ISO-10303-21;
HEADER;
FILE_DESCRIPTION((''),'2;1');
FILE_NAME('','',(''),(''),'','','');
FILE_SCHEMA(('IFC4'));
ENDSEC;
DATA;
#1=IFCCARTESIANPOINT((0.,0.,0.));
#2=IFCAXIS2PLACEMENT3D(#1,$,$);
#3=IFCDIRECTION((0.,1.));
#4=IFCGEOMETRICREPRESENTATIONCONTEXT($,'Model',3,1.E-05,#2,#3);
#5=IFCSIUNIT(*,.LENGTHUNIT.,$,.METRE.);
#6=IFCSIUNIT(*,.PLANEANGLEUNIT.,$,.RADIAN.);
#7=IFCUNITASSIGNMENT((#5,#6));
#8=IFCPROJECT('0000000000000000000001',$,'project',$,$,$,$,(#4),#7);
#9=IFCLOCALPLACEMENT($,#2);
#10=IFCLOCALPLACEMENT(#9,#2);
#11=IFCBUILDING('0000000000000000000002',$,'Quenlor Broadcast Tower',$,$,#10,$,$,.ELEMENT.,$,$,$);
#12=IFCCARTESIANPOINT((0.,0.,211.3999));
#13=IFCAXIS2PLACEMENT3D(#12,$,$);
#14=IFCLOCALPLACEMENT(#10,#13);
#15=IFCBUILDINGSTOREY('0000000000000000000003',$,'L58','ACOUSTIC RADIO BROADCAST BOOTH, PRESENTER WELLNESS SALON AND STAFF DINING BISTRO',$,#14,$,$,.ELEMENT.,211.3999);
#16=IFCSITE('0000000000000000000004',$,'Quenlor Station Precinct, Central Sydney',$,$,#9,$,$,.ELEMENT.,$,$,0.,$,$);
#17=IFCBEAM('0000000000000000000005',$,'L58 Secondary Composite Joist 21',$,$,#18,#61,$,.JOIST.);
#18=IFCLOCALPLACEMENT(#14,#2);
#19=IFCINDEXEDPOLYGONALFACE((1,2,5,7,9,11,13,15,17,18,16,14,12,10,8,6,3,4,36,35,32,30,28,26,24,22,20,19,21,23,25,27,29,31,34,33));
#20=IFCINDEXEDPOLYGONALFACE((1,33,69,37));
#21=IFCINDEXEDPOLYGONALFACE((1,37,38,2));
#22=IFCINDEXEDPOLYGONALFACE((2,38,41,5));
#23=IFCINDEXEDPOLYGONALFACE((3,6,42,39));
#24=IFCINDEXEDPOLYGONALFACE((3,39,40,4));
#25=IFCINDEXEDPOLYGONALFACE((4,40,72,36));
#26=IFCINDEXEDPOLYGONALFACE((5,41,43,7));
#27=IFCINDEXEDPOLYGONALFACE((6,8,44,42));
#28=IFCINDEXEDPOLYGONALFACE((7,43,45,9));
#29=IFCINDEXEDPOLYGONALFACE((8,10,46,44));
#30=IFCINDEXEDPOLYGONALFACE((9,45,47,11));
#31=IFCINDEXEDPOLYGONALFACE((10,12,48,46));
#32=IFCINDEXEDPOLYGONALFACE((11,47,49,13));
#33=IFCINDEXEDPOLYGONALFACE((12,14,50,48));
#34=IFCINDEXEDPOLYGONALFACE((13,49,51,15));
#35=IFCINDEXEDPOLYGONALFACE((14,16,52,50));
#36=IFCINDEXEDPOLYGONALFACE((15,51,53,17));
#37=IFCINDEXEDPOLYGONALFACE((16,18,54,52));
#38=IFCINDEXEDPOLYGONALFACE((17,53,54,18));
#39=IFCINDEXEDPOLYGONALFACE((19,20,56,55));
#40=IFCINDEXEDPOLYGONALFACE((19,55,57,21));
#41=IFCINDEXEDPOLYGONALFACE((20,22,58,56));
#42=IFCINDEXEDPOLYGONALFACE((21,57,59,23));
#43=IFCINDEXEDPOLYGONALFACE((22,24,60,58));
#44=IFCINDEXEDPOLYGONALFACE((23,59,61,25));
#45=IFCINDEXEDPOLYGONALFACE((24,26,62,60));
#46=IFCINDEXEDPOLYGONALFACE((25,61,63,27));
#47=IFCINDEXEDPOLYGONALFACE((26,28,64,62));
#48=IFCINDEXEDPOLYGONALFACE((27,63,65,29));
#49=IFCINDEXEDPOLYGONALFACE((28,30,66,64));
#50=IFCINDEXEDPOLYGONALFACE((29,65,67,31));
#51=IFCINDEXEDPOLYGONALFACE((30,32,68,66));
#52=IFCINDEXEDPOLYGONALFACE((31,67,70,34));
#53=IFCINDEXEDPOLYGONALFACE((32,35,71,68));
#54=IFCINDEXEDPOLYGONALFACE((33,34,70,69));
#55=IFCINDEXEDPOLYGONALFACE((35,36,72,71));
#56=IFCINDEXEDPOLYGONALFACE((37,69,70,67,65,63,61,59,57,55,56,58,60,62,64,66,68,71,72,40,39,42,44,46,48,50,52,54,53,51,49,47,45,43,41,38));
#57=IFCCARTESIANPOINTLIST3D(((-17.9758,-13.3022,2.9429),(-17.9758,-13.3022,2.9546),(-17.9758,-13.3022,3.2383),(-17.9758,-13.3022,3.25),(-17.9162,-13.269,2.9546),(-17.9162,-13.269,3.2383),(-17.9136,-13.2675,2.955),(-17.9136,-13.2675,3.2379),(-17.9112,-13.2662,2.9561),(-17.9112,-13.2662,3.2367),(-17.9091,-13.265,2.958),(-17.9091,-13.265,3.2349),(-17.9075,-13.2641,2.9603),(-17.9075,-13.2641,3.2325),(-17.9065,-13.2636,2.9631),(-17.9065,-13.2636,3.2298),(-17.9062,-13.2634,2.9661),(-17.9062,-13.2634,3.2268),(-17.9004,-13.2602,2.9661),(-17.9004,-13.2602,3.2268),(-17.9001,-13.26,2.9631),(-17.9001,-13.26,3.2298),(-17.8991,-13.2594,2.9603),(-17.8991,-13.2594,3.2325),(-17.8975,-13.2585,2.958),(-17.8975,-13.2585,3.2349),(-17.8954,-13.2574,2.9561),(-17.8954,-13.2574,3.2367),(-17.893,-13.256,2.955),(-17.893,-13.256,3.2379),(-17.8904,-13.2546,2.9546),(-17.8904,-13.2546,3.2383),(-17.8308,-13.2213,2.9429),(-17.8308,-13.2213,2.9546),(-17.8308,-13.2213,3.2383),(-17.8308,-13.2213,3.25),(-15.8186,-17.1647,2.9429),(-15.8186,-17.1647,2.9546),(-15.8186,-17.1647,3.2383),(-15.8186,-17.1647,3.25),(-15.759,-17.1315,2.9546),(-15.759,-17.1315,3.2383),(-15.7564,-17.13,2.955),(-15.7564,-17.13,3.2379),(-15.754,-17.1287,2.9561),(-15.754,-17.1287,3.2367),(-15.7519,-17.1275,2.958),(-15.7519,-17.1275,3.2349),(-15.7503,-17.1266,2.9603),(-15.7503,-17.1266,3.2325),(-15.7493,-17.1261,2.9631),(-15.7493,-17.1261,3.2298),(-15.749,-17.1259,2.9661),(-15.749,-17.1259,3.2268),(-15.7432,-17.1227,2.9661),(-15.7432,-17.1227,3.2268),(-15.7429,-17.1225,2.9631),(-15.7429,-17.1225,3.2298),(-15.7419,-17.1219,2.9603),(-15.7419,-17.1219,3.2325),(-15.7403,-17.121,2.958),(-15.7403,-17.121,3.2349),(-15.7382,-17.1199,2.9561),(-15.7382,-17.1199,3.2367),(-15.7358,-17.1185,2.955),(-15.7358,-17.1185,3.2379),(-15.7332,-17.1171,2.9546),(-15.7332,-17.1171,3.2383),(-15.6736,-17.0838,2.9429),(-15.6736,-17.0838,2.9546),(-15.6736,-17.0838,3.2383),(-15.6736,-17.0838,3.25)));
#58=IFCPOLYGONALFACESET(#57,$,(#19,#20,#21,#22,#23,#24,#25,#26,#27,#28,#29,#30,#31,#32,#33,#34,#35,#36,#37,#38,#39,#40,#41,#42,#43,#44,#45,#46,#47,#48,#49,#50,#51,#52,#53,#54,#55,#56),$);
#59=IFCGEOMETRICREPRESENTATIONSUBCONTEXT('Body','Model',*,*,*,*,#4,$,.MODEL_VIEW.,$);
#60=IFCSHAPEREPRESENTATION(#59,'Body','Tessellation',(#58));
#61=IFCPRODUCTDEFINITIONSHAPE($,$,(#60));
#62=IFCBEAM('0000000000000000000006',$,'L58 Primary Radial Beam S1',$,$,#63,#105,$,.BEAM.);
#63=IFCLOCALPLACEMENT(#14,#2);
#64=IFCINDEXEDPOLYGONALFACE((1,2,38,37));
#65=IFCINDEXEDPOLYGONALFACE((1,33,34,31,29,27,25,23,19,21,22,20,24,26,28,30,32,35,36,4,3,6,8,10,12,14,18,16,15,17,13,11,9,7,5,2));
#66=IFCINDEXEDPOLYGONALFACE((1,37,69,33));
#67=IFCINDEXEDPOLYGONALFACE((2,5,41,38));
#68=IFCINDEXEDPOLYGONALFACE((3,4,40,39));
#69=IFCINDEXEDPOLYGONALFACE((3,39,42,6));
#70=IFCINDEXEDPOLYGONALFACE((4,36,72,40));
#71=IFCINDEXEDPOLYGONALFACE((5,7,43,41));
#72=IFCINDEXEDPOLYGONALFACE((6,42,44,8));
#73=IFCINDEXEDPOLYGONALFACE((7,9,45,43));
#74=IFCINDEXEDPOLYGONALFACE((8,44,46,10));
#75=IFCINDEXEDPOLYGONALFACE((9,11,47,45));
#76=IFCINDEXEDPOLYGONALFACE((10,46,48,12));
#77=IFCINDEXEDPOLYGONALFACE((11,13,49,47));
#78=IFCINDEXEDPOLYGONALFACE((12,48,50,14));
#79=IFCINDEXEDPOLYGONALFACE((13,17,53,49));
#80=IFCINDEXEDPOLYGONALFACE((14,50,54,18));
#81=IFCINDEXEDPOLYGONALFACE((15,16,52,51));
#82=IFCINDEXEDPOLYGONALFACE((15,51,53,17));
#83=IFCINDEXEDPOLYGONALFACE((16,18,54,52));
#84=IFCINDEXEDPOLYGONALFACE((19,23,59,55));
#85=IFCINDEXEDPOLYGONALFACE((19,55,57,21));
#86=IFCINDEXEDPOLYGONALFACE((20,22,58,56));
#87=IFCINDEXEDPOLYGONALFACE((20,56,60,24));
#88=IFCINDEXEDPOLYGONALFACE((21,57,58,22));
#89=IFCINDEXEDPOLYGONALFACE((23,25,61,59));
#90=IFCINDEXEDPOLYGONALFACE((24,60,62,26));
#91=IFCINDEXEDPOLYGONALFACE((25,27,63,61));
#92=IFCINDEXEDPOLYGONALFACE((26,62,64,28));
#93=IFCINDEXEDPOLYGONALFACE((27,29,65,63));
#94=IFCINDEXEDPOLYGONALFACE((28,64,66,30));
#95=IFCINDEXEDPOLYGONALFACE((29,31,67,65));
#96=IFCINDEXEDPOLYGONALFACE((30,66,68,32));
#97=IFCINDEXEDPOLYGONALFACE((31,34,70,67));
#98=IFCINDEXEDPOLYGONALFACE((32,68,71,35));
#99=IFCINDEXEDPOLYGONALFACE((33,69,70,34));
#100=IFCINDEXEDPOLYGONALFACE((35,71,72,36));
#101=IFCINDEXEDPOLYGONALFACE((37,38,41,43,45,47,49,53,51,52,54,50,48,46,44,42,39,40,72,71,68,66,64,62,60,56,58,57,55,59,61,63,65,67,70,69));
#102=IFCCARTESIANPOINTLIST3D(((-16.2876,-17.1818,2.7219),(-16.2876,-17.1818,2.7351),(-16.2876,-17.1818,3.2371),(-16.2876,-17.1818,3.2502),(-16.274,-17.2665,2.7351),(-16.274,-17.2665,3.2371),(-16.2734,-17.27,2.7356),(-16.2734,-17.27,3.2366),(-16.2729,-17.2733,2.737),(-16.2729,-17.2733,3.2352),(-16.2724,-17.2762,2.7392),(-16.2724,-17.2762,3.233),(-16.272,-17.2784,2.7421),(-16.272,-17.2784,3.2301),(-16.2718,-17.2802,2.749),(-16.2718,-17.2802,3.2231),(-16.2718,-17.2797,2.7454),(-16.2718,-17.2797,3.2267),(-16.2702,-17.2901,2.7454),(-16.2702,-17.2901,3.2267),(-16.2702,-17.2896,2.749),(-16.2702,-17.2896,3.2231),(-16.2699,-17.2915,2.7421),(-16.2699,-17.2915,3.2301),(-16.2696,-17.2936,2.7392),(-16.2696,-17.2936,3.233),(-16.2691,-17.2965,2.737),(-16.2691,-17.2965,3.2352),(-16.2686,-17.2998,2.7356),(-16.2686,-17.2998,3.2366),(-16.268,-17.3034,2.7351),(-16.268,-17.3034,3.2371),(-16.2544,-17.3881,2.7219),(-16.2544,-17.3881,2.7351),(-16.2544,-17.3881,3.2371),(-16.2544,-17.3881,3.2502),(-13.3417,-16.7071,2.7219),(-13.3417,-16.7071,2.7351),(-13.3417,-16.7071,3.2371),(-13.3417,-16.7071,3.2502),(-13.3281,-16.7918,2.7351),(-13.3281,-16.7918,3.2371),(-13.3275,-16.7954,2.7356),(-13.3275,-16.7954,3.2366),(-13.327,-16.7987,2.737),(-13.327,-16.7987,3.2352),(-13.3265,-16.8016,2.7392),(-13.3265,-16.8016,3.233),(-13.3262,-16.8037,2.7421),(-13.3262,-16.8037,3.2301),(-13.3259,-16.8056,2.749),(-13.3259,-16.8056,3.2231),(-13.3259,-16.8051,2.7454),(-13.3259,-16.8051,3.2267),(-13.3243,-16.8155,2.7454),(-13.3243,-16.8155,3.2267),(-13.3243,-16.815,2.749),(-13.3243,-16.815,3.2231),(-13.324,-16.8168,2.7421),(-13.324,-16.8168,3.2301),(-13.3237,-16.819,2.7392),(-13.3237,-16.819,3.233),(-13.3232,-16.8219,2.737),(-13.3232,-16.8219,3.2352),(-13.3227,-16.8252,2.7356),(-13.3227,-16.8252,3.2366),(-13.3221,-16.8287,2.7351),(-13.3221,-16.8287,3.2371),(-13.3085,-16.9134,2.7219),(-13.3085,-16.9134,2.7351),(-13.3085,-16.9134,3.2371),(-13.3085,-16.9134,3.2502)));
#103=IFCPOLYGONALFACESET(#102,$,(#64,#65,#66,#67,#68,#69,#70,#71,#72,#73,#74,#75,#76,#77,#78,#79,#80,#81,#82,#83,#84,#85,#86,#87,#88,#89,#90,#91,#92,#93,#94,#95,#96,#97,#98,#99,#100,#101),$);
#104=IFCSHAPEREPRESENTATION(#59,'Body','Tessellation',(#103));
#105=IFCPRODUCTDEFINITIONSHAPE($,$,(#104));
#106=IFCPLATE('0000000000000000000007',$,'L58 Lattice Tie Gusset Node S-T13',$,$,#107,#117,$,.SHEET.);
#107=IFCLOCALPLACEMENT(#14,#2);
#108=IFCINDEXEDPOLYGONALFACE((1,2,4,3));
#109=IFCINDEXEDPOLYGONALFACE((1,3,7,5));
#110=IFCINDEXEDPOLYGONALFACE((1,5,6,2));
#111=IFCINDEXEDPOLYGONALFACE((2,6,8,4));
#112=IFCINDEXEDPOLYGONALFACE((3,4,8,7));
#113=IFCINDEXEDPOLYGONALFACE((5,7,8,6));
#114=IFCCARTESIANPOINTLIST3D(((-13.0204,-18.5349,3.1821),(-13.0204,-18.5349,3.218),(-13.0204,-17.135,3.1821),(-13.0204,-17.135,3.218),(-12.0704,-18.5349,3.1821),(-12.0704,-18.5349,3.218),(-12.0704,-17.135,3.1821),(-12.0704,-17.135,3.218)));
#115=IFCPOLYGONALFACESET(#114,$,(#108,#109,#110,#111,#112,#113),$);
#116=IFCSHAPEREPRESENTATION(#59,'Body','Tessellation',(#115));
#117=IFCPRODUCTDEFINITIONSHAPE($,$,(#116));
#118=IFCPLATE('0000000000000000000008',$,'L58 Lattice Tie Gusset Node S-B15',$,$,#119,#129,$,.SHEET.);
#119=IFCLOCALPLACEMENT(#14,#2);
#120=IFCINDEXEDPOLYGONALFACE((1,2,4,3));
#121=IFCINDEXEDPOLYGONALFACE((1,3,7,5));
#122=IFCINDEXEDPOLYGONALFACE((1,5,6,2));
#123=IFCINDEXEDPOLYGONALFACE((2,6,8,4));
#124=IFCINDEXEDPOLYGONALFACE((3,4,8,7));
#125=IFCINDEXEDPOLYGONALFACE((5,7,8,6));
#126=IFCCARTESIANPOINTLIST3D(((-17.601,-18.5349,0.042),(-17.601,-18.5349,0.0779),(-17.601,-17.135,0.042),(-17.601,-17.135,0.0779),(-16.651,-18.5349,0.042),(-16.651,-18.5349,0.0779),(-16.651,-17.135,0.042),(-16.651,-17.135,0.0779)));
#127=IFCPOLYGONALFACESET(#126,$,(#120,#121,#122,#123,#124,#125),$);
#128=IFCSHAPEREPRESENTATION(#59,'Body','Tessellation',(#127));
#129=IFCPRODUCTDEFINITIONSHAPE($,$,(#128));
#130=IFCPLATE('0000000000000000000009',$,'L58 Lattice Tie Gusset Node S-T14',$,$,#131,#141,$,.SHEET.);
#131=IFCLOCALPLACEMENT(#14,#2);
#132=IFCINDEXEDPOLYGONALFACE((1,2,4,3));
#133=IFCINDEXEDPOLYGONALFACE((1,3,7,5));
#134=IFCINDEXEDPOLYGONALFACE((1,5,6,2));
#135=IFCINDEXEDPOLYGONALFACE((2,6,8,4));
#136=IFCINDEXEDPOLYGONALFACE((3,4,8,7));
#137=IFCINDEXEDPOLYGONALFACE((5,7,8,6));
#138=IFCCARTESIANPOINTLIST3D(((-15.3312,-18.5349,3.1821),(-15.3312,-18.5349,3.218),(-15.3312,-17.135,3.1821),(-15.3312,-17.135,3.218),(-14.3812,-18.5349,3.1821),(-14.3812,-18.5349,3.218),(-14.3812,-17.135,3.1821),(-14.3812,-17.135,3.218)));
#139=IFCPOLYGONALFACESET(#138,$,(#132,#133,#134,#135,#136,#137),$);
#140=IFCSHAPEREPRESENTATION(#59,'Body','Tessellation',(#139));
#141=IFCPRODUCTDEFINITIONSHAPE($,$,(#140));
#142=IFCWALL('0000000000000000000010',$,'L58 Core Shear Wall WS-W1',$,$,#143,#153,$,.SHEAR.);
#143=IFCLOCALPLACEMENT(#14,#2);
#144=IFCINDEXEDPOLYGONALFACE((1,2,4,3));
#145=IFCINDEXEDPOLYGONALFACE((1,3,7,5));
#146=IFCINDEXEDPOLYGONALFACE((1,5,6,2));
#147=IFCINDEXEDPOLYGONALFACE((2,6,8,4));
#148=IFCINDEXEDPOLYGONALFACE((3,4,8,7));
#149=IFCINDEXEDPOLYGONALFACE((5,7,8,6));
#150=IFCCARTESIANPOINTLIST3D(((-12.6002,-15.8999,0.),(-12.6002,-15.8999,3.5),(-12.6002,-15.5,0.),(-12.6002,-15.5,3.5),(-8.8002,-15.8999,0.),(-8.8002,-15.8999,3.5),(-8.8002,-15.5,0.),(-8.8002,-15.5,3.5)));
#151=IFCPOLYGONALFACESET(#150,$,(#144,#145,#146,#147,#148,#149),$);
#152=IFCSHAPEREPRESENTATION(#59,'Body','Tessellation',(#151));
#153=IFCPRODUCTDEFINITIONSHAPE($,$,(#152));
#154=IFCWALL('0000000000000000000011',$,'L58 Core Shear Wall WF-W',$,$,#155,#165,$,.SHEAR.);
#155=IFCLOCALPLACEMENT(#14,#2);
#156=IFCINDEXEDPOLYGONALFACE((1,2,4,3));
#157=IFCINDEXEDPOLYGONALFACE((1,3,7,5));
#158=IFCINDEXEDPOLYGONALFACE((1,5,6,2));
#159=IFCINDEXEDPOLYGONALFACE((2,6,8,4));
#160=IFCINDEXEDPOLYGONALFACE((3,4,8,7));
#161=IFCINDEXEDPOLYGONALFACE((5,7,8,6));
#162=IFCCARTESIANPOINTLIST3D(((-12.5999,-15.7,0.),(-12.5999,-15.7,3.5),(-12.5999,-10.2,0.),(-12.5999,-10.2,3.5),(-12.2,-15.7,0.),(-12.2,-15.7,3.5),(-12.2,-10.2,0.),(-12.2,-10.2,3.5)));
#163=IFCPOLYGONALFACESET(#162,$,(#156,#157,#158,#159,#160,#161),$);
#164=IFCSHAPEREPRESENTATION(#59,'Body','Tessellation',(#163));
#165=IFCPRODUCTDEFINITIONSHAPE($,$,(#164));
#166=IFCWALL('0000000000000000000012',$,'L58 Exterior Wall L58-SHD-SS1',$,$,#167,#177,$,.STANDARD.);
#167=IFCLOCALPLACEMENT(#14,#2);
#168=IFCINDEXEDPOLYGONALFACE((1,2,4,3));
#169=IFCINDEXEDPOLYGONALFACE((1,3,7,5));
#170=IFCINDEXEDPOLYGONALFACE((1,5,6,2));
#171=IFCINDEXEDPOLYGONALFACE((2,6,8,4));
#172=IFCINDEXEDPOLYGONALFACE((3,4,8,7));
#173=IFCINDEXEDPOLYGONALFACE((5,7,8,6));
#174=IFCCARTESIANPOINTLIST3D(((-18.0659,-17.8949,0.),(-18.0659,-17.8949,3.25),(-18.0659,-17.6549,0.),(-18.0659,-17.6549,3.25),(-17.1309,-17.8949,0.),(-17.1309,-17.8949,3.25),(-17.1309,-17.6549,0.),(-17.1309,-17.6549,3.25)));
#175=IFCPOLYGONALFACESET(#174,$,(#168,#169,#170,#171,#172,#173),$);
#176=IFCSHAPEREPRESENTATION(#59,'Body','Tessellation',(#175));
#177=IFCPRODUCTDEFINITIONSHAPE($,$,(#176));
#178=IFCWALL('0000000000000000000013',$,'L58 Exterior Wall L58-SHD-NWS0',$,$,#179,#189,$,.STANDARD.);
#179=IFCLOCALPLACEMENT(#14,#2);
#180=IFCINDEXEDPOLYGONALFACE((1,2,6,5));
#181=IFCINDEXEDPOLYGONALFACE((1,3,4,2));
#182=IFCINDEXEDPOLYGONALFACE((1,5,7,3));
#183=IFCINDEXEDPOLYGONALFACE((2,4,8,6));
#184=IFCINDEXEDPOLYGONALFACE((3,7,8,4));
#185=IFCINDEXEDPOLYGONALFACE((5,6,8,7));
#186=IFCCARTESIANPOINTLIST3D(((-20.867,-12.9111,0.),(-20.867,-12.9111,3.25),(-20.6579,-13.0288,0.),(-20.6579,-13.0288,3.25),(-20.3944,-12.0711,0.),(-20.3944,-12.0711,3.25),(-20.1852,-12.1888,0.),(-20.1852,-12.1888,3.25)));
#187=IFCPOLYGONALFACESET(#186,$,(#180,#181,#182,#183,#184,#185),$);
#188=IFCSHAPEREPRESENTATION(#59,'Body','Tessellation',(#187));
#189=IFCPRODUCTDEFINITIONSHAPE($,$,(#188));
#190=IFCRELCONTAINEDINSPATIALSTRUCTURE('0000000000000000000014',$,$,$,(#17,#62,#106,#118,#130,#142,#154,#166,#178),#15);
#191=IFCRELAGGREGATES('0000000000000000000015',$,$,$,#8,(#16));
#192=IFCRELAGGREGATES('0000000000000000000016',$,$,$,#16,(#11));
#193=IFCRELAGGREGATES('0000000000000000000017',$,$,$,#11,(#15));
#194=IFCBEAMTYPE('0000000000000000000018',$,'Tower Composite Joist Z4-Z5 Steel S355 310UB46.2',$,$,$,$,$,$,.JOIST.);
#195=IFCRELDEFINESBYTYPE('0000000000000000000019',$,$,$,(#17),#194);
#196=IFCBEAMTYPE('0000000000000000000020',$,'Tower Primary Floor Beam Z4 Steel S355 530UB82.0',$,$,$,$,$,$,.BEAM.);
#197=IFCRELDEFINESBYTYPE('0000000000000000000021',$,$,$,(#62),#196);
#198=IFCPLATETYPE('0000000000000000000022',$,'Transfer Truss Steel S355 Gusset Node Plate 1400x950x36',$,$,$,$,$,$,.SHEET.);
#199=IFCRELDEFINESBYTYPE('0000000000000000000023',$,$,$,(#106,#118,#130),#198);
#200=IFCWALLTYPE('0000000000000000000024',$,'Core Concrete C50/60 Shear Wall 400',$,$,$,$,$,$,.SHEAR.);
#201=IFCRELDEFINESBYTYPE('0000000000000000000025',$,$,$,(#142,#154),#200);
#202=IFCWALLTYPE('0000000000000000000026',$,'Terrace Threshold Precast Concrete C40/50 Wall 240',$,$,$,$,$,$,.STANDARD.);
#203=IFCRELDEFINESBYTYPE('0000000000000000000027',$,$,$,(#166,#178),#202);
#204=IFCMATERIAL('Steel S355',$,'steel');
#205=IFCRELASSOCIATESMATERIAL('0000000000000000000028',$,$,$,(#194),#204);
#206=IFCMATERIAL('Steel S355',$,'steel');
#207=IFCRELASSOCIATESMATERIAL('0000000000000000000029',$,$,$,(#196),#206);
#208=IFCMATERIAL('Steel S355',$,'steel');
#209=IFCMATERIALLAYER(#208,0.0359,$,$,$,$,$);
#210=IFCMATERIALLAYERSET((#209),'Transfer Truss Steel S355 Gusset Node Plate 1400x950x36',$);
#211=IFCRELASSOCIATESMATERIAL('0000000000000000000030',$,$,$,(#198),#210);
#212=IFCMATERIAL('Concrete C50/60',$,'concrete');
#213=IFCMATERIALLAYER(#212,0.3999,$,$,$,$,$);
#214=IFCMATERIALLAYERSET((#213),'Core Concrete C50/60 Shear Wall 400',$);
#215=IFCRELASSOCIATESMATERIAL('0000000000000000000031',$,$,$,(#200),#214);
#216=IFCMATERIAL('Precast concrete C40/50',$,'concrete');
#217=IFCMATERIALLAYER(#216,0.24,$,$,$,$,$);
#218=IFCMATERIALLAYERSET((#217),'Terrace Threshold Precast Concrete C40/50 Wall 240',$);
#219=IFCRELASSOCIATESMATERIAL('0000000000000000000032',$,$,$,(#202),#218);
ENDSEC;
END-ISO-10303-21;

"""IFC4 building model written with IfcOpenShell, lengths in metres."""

from ifc_helpers import new_model, si_unit, direction, frame, frame_2d, origin, origin_2d, place, context, subcontext, project, spatial, rectangle, i_section, extrude, material, layer, layer_set, material_profile, profile_set, type_object, element, save


model = new_model("IFC4")

# Units and contexts
model_context = context("Model", 3, precision=1e-05, world=origin(), true_north=direction((0.0, 1.0)))
body_context = subcontext(model_context, "Body", "Model", "MODEL_VIEW")
ifc_project = project(units=[si_unit("LENGTHUNIT", "METRE"), si_unit("PLANEANGLEUNIT", "RADIAN")], contexts=[model_context])

# Site, building, storey
site_placement = place(None, origin())
site = spatial("IfcSite", under=ifc_project, at=site_placement, Name="Quenlor Station Precinct, Central Sydney", CompositionType="ELEMENT", RefElevation=0.0)
building_placement = place(site_placement, origin())
building = spatial("IfcBuilding", under=site, at=building_placement, Name="Quenlor Broadcast Tower", CompositionType="ELEMENT")
storey_placement = place(building_placement, frame((0.0, 0.0, 211.3999)))
storey = spatial("IfcBuildingStorey", under=building, at=storey_placement, Name="L58", Description="ACOUSTIC RADIO BROADCAST BOOTH, PRESENTER WELLNESS SALON AND STAFF DINING BISTRO", CompositionType="ELEMENT", Elevation=211.3999)

# Beams
ifc_material_1 = material(Name="Steel S355", Category="steel")
ifc_material_profile_1 = material_profile(ifc_material_1, i_section(OverallWidth=0.166, OverallDepth=0.3071, WebThickness=0.0066, FlangeThickness=0.0117, FilletRadius=0.0115, at=origin_2d()))
ifc_profile_set_1 = profile_set([ifc_material_profile_1], Name="Steel S355 310UB46.2")
beam_type_1 = type_object("IfcBeamType", Name="Tower Composite Joist Z4-Z5 Steel S355 310UB46.2", PredefinedType="JOIST", material=ifc_profile_set_1)
beam_1_placement = place(storey_placement, frame((-15.7461, -17.1243, 3.0964), z_axis=(-0.487605, 0.873064, 0.0), x_axis=(-0.873064, -0.487605, 0.0)))
element("IfcBeam", 1, at=beam_1_placement, inside=storey, type_object=beam_type_1, Name="L58 Secondary Composite Joist 21", PredefinedType="JOIST", context=body_context, shape_type="SweptSolid", body=[
    extrude(i_section(OverallWidth=0.166, OverallDepth=0.3071, WebThickness=0.0066, FlangeThickness=0.0117, FilletRadius=0.0115, at=origin_2d()), origin(), (0.0, 0.0, 1.0), 4.4241),
])
ifc_material_2 = material(Name="Steel S355", Category="steel")
ifc_material_profile_2 = material_profile(ifc_material_2, i_section(OverallWidth=0.209, OverallDepth=0.5283, WebThickness=0.0095, FlangeThickness=0.0132, FilletRadius=0.0139, at=origin_2d()))
ifc_profile_set_2 = profile_set([ifc_material_profile_2], Name="Steel S355 530UB82.0")
beam_type_2 = type_object("IfcBeamType", Name="Tower Primary Floor Beam Z4 Steel S355 530UB82.0", PredefinedType="BEAM", material=ifc_profile_set_2)
beam_2_placement = place(storey_placement, frame((-16.271, -17.2849, 2.9861), z_axis=(0.987268, 0.159063, 0.0), x_axis=(-0.159063, 0.987268, 0.0)))
element("IfcBeam", 2, at=beam_2_placement, inside=storey, type_object=beam_type_2, Name="L58 Primary Radial Beam S1", PredefinedType="BEAM", context=body_context, shape_type="SweptSolid", body=[
    extrude(i_section(OverallWidth=0.209, OverallDepth=0.5283, WebThickness=0.0095, FlangeThickness=0.0132, FilletRadius=0.0139, at=origin_2d()), origin(), (0.0, 0.0, 1.0), 2.9839),
])

# Plates
ifc_material_3 = material(Name="Steel S355", Category="steel")
ifc_layer_1 = layer(ifc_material_3, 0.0359)
ifc_layer_set_1 = layer_set([ifc_layer_1], Name="Transfer Truss Steel S355 Gusset Node Plate 1400x950x36")
plate_type = type_object("IfcPlateType", Name="Transfer Truss Steel S355 Gusset Node Plate 1400x950x36", PredefinedType="SHEET", material=ifc_layer_set_1)
for number, where, z_axis, x_axis, name in (
    (3, (-12.5454, -17.835, 3.1821), (0.0, 0.0, 1.0), (0.0, -1.0, 0.0), "L58 Lattice Tie Gusset Node S-T13"),
    (4, (-17.126, -17.835, 0.042), (0.0, 0.0, 1.0), (0.0, -1.0, 0.0), "L58 Lattice Tie Gusset Node S-B15"),
    (5, (-14.8562, -17.835, 3.1821), (0.0, 0.0, 1.0), (0.0, -1.0, 0.0), "L58 Lattice Tie Gusset Node S-T14"),
):
    element("IfcPlate", number, at=place(storey_placement, frame(where, z_axis=z_axis, x_axis=x_axis)), inside=storey, type_object=plate_type, Name=name, PredefinedType="SHEET", context=body_context, shape_type="SweptSolid", body=[
        extrude(rectangle(XDim=1.3999, YDim=0.95, at=origin_2d()), origin(), (0.0, 0.0, 1.0), 0.0359),
    ])

# Walls
ifc_material_4 = material(Name="Concrete C50/60", Category="concrete")
ifc_layer_2 = layer(ifc_material_4, 0.3999)
ifc_layer_set_2 = layer_set([ifc_layer_2], Name="Core Concrete C50/60 Shear Wall 400")
wall_type_1 = type_object("IfcWallType", Name="Core Concrete C50/60 Shear Wall 400", PredefinedType="SHEAR", material=ifc_layer_set_2)
wall_1_placement = place(storey_placement, frame((-12.6001, -15.7, 0.0), z_axis=(0.0, 0.0, 1.0), x_axis=(1.0, 0.0, 0.0)))
element("IfcWall", 6, at=wall_1_placement, inside=storey, type_object=wall_type_1, Name="L58 Core Shear Wall WS-W1", PredefinedType="SHEAR", context=body_context, shape_type="SweptSolid", body=[
    extrude(rectangle(XDim=3.8, YDim=0.3999, at=frame_2d((1.8999, 0.0))), origin(), (0.0, 0.0, 1.0), 3.5),
])
wall_2_placement = place(storey_placement, frame((-12.3999, -15.7, 0.0), z_axis=(0.0, 0.0, 1.0), x_axis=(0.0, 1.0, 0.0)))
element("IfcWall", 7, at=wall_2_placement, inside=storey, type_object=wall_type_1, Name="L58 Core Shear Wall WF-W", PredefinedType="SHEAR", context=body_context, shape_type="SweptSolid", body=[
    extrude(rectangle(XDim=5.5, YDim=0.3999, at=frame_2d((2.75, 0.0))), origin(), (0.0, 0.0, 1.0), 3.5),
])
ifc_material_5 = material(Name="Precast concrete C40/50", Category="concrete")
ifc_layer_3 = layer(ifc_material_5, 0.24)
ifc_layer_set_3 = layer_set([ifc_layer_3], Name="Terrace Threshold Precast Concrete C40/50 Wall 240")
wall_type_2 = type_object("IfcWallType", Name="Terrace Threshold Precast Concrete C40/50 Wall 240", PredefinedType="STANDARD", material=ifc_layer_set_3)
wall_3_placement = place(storey_placement, frame((-17.1309, -17.7749, 0.0), z_axis=(0.0, 0.0, 1.0), x_axis=(-1.0, 0.0, 0.0)))
element("IfcWall", 8, at=wall_3_placement, inside=storey, type_object=wall_type_2, Name="L58 Exterior Wall L58-SHD-SS1", PredefinedType="STANDARD", context=body_context, shape_type="SweptSolid", body=[
    extrude(rectangle(XDim=0.9351, YDim=0.24, at=frame_2d((0.4675, 0.0))), origin(), (0.0, 0.0, 1.0), 3.25),
])
wall_4_placement = place(storey_placement, frame((-20.7625, -12.97, 0.0), z_axis=(0.0, 0.0, 1.0), x_axis=(0.490345, 0.871528, 0.0)))
element("IfcWall", 9, at=wall_4_placement, inside=storey, type_object=wall_type_2, Name="L58 Exterior Wall L58-SHD-NWS0", PredefinedType="STANDARD", context=body_context, shape_type="SweptSolid", body=[
    extrude(rectangle(XDim=0.9639, YDim=0.24, at=frame_2d((0.4819, 0.0))), origin(), (0.0, 0.0, 1.0), 3.25),
])

save(model, "model.ifc")
